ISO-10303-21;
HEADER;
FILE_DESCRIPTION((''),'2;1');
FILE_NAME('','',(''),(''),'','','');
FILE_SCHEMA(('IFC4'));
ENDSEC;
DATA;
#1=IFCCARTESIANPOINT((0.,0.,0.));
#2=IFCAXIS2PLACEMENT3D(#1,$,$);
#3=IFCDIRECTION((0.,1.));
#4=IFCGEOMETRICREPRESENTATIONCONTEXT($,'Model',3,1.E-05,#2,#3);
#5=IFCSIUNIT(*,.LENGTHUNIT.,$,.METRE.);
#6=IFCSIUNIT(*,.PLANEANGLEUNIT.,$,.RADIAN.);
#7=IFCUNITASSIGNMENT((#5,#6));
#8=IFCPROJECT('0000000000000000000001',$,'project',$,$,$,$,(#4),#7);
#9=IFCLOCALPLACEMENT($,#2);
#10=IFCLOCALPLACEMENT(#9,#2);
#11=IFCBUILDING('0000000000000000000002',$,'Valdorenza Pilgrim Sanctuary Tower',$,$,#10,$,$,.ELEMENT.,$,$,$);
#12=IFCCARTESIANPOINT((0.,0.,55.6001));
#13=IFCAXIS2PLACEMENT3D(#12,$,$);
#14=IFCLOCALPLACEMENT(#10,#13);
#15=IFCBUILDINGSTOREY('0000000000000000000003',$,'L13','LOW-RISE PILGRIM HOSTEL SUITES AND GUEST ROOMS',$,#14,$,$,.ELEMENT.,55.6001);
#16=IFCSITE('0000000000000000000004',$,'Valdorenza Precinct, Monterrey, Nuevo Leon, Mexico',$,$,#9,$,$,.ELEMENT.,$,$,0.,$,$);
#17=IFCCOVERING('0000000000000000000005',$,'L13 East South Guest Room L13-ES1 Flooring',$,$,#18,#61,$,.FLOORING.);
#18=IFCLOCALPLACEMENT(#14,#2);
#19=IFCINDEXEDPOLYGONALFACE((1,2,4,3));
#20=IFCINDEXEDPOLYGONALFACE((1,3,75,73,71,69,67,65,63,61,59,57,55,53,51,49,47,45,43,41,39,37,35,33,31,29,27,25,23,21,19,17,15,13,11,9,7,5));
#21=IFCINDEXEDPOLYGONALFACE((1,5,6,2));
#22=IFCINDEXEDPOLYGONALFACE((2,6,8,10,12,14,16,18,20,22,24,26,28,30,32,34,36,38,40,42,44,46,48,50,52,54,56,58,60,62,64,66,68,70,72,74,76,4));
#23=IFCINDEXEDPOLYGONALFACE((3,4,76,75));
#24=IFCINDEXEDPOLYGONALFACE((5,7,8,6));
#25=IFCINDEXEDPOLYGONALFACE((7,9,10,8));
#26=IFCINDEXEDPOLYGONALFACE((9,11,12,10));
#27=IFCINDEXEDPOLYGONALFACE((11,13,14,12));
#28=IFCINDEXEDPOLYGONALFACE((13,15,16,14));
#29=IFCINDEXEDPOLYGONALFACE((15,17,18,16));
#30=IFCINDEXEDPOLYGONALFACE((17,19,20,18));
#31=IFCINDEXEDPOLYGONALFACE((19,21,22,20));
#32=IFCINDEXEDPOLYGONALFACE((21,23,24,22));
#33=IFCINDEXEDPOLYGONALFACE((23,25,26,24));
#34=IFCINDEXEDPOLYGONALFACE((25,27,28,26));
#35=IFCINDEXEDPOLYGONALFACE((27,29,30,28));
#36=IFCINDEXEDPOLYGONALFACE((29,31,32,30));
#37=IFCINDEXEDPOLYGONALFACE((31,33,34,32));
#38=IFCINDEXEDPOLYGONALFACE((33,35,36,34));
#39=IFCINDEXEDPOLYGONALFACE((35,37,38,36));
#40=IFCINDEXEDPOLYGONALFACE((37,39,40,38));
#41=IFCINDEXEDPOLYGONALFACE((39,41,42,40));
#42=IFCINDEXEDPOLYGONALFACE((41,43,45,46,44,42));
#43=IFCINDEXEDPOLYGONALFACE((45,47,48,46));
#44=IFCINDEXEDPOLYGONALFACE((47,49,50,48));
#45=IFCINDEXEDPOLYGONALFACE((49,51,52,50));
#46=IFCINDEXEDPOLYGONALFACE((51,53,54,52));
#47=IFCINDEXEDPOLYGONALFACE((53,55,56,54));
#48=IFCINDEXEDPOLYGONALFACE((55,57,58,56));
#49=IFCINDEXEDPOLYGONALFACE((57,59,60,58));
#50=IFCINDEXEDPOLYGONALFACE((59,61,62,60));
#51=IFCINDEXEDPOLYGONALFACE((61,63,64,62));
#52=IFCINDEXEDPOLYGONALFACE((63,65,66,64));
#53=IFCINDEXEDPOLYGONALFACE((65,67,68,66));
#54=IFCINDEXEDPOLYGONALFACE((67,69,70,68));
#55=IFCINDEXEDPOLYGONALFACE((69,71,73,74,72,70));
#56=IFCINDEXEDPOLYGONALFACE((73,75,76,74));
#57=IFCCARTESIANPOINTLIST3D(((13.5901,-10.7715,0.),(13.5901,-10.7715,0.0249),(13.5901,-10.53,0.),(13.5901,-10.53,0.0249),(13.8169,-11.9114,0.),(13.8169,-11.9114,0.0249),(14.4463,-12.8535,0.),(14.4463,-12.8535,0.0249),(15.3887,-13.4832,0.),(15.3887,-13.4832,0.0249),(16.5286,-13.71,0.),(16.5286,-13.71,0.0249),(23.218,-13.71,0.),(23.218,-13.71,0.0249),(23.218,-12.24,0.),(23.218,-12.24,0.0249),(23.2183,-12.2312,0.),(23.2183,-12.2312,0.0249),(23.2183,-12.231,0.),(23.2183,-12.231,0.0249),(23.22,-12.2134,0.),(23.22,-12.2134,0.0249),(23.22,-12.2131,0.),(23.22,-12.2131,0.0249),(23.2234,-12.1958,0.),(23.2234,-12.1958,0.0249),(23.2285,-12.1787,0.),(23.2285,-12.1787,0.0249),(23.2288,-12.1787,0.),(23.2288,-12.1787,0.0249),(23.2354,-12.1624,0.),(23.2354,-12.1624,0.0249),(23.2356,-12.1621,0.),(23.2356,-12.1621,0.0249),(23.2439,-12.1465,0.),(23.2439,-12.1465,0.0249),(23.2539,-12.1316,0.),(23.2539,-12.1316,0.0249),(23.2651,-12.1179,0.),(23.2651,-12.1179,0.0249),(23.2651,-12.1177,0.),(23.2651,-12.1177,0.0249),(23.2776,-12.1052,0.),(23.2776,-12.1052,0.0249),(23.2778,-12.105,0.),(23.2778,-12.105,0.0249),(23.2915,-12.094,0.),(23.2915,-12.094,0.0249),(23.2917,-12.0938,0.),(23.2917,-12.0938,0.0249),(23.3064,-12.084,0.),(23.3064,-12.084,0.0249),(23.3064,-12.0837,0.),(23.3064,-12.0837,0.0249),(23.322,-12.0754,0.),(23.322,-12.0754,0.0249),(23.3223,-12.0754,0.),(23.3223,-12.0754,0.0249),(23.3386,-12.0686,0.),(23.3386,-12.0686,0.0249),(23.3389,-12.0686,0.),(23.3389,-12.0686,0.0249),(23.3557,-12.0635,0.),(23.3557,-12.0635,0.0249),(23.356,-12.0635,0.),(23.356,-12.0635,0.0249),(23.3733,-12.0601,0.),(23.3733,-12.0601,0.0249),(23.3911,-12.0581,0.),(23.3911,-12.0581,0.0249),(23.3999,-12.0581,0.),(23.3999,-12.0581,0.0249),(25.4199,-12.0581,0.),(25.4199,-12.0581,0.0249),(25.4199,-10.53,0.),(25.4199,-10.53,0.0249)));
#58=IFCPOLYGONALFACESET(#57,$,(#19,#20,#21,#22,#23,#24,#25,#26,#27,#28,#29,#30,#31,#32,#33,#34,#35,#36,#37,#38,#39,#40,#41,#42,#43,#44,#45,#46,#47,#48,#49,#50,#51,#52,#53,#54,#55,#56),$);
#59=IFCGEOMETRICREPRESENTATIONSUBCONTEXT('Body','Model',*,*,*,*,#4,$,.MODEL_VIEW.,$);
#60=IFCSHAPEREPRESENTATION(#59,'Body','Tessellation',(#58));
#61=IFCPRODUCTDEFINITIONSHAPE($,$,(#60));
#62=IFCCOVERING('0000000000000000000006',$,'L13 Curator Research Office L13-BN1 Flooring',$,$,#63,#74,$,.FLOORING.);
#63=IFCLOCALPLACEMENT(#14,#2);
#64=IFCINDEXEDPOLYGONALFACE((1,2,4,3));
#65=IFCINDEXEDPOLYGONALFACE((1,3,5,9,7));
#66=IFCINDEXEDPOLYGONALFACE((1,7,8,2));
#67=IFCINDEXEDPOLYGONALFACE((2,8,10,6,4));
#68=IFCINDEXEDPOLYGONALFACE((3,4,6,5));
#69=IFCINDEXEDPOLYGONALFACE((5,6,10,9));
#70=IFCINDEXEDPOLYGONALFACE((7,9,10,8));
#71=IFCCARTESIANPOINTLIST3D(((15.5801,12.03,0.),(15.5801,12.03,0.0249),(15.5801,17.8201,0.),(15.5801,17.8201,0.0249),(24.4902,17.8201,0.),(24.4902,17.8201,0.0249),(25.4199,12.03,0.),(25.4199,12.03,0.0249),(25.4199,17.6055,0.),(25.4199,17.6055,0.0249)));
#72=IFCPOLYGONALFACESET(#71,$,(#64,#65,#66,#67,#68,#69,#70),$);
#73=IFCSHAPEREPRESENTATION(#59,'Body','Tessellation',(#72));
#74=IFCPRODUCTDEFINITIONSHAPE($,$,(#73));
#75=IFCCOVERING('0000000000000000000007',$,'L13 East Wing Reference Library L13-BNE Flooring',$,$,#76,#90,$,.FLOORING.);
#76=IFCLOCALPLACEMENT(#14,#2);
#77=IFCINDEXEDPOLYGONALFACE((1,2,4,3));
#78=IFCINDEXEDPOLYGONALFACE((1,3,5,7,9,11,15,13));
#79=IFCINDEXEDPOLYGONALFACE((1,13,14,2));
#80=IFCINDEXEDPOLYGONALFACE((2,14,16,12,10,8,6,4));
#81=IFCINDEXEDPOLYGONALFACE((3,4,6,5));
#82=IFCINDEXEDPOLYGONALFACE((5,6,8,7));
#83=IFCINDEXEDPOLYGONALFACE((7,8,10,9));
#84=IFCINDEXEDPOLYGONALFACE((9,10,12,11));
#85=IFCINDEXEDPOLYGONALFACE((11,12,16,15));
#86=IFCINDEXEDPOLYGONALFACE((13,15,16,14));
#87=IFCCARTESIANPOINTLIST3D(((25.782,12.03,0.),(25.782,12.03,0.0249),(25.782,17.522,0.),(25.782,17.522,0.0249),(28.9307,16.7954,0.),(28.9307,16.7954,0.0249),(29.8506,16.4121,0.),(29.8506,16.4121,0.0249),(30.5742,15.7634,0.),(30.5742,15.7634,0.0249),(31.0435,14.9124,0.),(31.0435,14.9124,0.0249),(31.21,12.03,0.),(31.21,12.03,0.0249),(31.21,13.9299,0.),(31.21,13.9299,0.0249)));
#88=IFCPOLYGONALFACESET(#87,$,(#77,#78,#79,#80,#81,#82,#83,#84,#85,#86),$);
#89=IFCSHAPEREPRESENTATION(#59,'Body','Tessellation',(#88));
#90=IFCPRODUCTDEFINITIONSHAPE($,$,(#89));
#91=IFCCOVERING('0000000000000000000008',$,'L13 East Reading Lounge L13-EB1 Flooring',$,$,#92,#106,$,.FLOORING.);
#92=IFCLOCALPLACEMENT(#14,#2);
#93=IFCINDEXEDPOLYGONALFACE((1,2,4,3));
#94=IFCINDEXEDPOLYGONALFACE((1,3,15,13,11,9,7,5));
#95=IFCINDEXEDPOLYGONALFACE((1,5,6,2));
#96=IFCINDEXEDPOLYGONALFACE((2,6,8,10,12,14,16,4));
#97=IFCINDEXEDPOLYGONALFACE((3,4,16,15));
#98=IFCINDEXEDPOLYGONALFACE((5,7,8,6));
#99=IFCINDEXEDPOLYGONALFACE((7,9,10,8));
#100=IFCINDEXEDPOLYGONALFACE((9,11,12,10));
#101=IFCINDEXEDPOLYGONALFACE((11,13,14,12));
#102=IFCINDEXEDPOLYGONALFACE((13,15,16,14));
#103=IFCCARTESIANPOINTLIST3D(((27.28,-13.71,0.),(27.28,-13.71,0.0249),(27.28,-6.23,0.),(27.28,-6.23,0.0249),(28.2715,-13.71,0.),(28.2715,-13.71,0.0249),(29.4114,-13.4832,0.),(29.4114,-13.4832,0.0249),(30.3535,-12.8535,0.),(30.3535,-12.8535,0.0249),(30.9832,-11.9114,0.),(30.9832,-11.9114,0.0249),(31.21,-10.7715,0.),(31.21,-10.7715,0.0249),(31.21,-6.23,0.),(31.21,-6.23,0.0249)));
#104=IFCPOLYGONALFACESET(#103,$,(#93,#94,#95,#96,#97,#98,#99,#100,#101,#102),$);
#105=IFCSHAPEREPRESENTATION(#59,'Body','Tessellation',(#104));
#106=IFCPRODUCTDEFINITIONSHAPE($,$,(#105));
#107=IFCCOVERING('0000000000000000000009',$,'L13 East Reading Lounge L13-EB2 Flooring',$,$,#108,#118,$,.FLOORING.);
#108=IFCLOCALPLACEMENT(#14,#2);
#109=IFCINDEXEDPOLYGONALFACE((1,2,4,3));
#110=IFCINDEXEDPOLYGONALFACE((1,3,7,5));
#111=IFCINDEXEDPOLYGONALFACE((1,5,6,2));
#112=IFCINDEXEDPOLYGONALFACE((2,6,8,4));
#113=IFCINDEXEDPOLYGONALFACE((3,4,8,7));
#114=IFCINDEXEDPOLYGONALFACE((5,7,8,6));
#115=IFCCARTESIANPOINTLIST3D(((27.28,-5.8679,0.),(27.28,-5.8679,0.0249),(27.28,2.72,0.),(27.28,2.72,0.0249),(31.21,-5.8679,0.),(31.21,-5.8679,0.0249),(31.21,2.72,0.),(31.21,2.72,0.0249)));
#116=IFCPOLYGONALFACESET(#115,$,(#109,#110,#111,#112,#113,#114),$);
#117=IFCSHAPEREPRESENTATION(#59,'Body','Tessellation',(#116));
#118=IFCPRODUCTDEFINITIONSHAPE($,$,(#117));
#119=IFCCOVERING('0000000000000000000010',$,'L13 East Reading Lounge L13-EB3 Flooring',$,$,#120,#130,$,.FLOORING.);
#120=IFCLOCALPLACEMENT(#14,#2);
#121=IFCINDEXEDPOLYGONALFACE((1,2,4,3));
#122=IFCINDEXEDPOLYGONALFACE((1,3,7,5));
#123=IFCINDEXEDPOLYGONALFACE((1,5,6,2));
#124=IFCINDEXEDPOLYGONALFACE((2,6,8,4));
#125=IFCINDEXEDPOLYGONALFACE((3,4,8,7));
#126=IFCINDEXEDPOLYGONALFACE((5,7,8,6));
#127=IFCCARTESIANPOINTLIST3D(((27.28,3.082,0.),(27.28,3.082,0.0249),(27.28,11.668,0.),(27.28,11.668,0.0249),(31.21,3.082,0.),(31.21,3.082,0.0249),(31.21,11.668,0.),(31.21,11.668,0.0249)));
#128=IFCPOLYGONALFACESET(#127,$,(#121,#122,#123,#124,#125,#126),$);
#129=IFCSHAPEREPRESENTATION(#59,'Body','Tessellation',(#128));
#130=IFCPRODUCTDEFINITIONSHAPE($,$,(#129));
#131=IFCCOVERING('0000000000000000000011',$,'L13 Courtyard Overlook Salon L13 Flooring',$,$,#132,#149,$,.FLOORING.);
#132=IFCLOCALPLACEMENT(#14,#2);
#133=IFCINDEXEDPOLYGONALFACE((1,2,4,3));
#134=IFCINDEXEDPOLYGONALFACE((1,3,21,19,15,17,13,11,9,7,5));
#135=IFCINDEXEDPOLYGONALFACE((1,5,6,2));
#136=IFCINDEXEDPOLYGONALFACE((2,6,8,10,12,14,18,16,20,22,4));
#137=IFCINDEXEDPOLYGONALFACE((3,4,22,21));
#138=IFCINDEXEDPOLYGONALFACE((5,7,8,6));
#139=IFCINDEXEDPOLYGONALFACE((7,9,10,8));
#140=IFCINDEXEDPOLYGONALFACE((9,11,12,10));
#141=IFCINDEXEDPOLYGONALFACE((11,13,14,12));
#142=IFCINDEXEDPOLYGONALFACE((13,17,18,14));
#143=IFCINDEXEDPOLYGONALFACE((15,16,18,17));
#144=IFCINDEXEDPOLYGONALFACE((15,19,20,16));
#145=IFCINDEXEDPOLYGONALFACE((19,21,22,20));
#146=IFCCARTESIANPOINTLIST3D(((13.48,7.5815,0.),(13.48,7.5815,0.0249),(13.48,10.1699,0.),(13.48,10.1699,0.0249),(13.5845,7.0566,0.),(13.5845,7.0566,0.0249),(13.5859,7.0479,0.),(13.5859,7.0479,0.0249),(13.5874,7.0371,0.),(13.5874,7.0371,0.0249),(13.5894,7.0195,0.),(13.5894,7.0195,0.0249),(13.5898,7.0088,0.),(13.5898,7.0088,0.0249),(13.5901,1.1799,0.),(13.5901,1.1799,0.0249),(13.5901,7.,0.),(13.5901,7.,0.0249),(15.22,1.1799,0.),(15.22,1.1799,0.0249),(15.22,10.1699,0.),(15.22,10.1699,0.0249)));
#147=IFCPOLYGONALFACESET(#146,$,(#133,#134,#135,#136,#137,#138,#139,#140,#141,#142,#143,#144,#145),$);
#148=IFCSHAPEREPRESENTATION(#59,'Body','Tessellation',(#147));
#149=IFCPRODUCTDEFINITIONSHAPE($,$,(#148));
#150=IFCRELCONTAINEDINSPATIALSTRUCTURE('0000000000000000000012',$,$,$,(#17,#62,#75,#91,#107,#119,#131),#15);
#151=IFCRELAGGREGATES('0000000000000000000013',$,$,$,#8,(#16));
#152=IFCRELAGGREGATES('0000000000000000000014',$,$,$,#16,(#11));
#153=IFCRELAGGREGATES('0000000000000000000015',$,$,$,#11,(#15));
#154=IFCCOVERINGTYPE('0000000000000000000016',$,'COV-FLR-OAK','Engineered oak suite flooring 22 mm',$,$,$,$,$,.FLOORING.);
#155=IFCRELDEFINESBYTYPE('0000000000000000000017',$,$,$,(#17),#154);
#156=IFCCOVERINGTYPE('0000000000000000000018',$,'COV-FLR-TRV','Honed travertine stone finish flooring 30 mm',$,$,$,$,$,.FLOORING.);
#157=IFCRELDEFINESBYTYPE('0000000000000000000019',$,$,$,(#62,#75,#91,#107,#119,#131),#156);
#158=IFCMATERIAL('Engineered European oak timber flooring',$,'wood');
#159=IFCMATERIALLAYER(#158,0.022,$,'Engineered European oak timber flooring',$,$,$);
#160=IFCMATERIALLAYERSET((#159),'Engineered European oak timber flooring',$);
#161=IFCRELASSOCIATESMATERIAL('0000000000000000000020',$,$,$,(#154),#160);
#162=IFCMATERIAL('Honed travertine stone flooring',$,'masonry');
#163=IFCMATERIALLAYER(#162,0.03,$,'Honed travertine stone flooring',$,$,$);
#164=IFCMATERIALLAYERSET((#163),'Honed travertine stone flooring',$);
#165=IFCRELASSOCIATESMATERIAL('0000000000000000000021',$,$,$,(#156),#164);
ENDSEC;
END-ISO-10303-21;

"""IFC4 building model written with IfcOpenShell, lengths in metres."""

from ifc_helpers import new_model, si_unit, direction, frame, origin, place, context, subcontext, project, spatial, polyline, outline, extrude, material, layer, layer_set, type_object, element, save


model = new_model("IFC4")

# Units and contexts
model_context = context("Model", 3, precision=1e-05, world=origin(), true_north=direction((0.0, 1.0)))
body_context = subcontext(model_context, "Body", "Model", "MODEL_VIEW")
ifc_project = project(units=[si_unit("LENGTHUNIT", "METRE"), si_unit("PLANEANGLEUNIT", "RADIAN")], contexts=[model_context])

# Site, building, storey
site_placement = place(None, origin())
site = spatial("IfcSite", under=ifc_project, at=site_placement, Name="Valdorenza Precinct, Monterrey, Nuevo Leon, Mexico", CompositionType="ELEMENT", RefElevation=0.0)
building_placement = place(site_placement, origin())
building = spatial("IfcBuilding", under=site, at=building_placement, Name="Valdorenza Pilgrim Sanctuary Tower", CompositionType="ELEMENT")
storey_placement = place(building_placement, frame((0.0, 0.0, 55.6001)))
storey = spatial("IfcBuildingStorey", under=building, at=storey_placement, Name="L13", Description="LOW-RISE PILGRIM HOSTEL SUITES AND GUEST ROOMS", CompositionType="ELEMENT", Elevation=55.6001)

# Coverings
ifc_material_1 = material(Name="Engineered European oak timber flooring", Category="wood")
ifc_layer_1 = layer(ifc_material_1, 0.022, Name="Engineered European oak timber flooring")
ifc_layer_set_1 = layer_set([ifc_layer_1], Name="Engineered European oak timber flooring")
covering_type_1 = type_object("IfcCoveringType", Name="COV-FLR-OAK", Description="Engineered oak suite flooring 22 mm", PredefinedType="FLOORING", material=ifc_layer_set_1)
covering_1_placement = place(storey_placement, origin())
element("IfcCovering", 1, at=covering_1_placement, inside=storey, type_object=covering_type_1, Name="L13 East South Guest Room L13-ES1 Flooring", PredefinedType="FLOORING", context=body_context, shape_type="SweptSolid", body=[
    extrude(outline(polyline([(25.4199, -10.53), (25.4199, -12.0581), (23.3999, -12.0581), (23.3911, -12.0581), (23.3911, -12.0581), (23.3733, -12.0601), (23.3733, -12.0601), (23.356, -12.0635), (23.3557, -12.0635), (23.3389, -12.0686), (23.3386, -12.0686), (23.3223, -12.0754), (23.322, -12.0754), (23.3064, -12.0837), (23.3064, -12.084), (23.2917, -12.0938), (23.2915, -12.094), (23.2778, -12.105), (23.2776, -12.1052), (23.2651, -12.1177), (23.2651, -12.1179), (23.2539, -12.1316), (23.2539, -12.1316), (23.2439, -12.1465), (23.2439, -12.1465), (23.2356, -12.1621), (23.2354, -12.1624), (23.2288, -12.1787), (23.2285, -12.1787), (23.2234, -12.1958), (23.2234, -12.1958), (23.22, -12.2131), (23.22, -12.2134), (23.2183, -12.231), (23.2183, -12.2312), (23.218, -12.24), (23.218, -13.71), (16.5286, -13.71), (15.3887, -13.4832), (14.4463, -12.8535), (13.8169, -11.9114), (13.5901, -10.7715), (13.5901, -10.53), (25.4199, -10.53)])), origin(), (0.0, 0.0, 1.0), 0.0249),
])
ifc_material_2 = material(Name="Honed travertine stone flooring", Category="masonry")
ifc_layer_2 = layer(ifc_material_2, 0.03, Name="Honed travertine stone flooring")
ifc_layer_set_2 = layer_set([ifc_layer_2], Name="Honed travertine stone flooring")
covering_type_2 = type_object("IfcCoveringType", Name="COV-FLR-TRV", Description="Honed travertine stone finish flooring 30 mm", PredefinedType="FLOORING", material=ifc_layer_set_2)
covering_2_placement = place(storey_placement, origin())
element("IfcCovering", 2, at=covering_2_placement, inside=storey, type_object=covering_type_2, Name="L13 Curator Research Office L13-BN1 Flooring", PredefinedType="FLOORING", context=body_context, shape_type="SweptSolid", body=[
    extrude(outline(polyline([(15.5801, 12.03), (15.5801, 17.8201), (24.4902, 17.8201), (25.4199, 17.6055), (25.4199, 12.03), (15.5801, 12.03)])), origin(), (0.0, 0.0, 1.0), 0.0249),
])
covering_3_placement = place(storey_placement, origin())
element("IfcCovering", 3, at=covering_3_placement, inside=storey, type_object=covering_type_2, Name="L13 East Wing Reference Library L13-BNE Flooring", PredefinedType="FLOORING", context=body_context, shape_type="SweptSolid", body=[
    extrude(outline(polyline([(28.9307, 16.7954), (29.8506, 16.4121), (30.5742, 15.7634), (31.0435, 14.9124), (31.21, 13.9299), (31.21, 12.03), (25.782, 12.03), (25.782, 17.522), (28.9307, 16.7954)])), origin(), (0.0, 0.0, 1.0), 0.0249),
])
covering_4_placement = place(storey_placement, origin())
element("IfcCovering", 4, at=covering_4_placement, inside=storey, type_object=covering_type_2, Name="L13 East Reading Lounge L13-EB1 Flooring", PredefinedType="FLOORING", context=body_context, shape_type="SweptSolid", body=[
    extrude(outline(polyline([(31.21, -6.23), (31.21, -10.7715), (30.9832, -11.9114), (30.3535, -12.8535), (29.4114, -13.4832), (28.2715, -13.71), (27.28, -13.71), (27.28, -6.23), (31.21, -6.23)])), origin(), (0.0, 0.0, 1.0), 0.0249),
])
covering_5_placement = place(storey_placement, origin())
element("IfcCovering", 5, at=covering_5_placement, inside=storey, type_object=covering_type_2, Name="L13 East Reading Lounge L13-EB2 Flooring", PredefinedType="FLOORING", context=body_context, shape_type="SweptSolid", body=[
    extrude(outline(polyline([(27.28, 2.72), (31.21, 2.72), (31.21, -5.8679), (27.28, -5.8679), (27.28, 2.72)])), origin(), (0.0, 0.0, 1.0), 0.0249),
])
covering_6_placement = place(storey_placement, origin())
element("IfcCovering", 6, at=covering_6_placement, inside=storey, type_object=covering_type_2, Name="L13 East Reading Lounge L13-EB3 Flooring", PredefinedType="FLOORING", context=body_context, shape_type="SweptSolid", body=[
    extrude(outline(polyline([(27.28, 11.668), (31.21, 11.668), (31.21, 3.082), (27.28, 3.082), (27.28, 11.668)])), origin(), (0.0, 0.0, 1.0), 0.0249),
])
covering_7_placement = place(storey_placement, origin())
element("IfcCovering", 7, at=covering_7_placement, inside=storey, type_object=covering_type_2, Name="L13 Courtyard Overlook Salon L13 Flooring", PredefinedType="FLOORING", context=body_context, shape_type="SweptSolid", body=[
    extrude(outline(polyline([(15.22, 10.1699), (15.22, 1.1799), (13.5901, 1.1799), (13.5901, 7.0), (13.5898, 7.0088), (13.5894, 7.0195), (13.5874, 7.0371), (13.5859, 7.0479), (13.5845, 7.0566), (13.48, 7.5815), (13.48, 10.1699), (15.22, 10.1699)])), origin(), (0.0, 0.0, 1.0), 0.0249),
])

save(model, "model.ifc")
